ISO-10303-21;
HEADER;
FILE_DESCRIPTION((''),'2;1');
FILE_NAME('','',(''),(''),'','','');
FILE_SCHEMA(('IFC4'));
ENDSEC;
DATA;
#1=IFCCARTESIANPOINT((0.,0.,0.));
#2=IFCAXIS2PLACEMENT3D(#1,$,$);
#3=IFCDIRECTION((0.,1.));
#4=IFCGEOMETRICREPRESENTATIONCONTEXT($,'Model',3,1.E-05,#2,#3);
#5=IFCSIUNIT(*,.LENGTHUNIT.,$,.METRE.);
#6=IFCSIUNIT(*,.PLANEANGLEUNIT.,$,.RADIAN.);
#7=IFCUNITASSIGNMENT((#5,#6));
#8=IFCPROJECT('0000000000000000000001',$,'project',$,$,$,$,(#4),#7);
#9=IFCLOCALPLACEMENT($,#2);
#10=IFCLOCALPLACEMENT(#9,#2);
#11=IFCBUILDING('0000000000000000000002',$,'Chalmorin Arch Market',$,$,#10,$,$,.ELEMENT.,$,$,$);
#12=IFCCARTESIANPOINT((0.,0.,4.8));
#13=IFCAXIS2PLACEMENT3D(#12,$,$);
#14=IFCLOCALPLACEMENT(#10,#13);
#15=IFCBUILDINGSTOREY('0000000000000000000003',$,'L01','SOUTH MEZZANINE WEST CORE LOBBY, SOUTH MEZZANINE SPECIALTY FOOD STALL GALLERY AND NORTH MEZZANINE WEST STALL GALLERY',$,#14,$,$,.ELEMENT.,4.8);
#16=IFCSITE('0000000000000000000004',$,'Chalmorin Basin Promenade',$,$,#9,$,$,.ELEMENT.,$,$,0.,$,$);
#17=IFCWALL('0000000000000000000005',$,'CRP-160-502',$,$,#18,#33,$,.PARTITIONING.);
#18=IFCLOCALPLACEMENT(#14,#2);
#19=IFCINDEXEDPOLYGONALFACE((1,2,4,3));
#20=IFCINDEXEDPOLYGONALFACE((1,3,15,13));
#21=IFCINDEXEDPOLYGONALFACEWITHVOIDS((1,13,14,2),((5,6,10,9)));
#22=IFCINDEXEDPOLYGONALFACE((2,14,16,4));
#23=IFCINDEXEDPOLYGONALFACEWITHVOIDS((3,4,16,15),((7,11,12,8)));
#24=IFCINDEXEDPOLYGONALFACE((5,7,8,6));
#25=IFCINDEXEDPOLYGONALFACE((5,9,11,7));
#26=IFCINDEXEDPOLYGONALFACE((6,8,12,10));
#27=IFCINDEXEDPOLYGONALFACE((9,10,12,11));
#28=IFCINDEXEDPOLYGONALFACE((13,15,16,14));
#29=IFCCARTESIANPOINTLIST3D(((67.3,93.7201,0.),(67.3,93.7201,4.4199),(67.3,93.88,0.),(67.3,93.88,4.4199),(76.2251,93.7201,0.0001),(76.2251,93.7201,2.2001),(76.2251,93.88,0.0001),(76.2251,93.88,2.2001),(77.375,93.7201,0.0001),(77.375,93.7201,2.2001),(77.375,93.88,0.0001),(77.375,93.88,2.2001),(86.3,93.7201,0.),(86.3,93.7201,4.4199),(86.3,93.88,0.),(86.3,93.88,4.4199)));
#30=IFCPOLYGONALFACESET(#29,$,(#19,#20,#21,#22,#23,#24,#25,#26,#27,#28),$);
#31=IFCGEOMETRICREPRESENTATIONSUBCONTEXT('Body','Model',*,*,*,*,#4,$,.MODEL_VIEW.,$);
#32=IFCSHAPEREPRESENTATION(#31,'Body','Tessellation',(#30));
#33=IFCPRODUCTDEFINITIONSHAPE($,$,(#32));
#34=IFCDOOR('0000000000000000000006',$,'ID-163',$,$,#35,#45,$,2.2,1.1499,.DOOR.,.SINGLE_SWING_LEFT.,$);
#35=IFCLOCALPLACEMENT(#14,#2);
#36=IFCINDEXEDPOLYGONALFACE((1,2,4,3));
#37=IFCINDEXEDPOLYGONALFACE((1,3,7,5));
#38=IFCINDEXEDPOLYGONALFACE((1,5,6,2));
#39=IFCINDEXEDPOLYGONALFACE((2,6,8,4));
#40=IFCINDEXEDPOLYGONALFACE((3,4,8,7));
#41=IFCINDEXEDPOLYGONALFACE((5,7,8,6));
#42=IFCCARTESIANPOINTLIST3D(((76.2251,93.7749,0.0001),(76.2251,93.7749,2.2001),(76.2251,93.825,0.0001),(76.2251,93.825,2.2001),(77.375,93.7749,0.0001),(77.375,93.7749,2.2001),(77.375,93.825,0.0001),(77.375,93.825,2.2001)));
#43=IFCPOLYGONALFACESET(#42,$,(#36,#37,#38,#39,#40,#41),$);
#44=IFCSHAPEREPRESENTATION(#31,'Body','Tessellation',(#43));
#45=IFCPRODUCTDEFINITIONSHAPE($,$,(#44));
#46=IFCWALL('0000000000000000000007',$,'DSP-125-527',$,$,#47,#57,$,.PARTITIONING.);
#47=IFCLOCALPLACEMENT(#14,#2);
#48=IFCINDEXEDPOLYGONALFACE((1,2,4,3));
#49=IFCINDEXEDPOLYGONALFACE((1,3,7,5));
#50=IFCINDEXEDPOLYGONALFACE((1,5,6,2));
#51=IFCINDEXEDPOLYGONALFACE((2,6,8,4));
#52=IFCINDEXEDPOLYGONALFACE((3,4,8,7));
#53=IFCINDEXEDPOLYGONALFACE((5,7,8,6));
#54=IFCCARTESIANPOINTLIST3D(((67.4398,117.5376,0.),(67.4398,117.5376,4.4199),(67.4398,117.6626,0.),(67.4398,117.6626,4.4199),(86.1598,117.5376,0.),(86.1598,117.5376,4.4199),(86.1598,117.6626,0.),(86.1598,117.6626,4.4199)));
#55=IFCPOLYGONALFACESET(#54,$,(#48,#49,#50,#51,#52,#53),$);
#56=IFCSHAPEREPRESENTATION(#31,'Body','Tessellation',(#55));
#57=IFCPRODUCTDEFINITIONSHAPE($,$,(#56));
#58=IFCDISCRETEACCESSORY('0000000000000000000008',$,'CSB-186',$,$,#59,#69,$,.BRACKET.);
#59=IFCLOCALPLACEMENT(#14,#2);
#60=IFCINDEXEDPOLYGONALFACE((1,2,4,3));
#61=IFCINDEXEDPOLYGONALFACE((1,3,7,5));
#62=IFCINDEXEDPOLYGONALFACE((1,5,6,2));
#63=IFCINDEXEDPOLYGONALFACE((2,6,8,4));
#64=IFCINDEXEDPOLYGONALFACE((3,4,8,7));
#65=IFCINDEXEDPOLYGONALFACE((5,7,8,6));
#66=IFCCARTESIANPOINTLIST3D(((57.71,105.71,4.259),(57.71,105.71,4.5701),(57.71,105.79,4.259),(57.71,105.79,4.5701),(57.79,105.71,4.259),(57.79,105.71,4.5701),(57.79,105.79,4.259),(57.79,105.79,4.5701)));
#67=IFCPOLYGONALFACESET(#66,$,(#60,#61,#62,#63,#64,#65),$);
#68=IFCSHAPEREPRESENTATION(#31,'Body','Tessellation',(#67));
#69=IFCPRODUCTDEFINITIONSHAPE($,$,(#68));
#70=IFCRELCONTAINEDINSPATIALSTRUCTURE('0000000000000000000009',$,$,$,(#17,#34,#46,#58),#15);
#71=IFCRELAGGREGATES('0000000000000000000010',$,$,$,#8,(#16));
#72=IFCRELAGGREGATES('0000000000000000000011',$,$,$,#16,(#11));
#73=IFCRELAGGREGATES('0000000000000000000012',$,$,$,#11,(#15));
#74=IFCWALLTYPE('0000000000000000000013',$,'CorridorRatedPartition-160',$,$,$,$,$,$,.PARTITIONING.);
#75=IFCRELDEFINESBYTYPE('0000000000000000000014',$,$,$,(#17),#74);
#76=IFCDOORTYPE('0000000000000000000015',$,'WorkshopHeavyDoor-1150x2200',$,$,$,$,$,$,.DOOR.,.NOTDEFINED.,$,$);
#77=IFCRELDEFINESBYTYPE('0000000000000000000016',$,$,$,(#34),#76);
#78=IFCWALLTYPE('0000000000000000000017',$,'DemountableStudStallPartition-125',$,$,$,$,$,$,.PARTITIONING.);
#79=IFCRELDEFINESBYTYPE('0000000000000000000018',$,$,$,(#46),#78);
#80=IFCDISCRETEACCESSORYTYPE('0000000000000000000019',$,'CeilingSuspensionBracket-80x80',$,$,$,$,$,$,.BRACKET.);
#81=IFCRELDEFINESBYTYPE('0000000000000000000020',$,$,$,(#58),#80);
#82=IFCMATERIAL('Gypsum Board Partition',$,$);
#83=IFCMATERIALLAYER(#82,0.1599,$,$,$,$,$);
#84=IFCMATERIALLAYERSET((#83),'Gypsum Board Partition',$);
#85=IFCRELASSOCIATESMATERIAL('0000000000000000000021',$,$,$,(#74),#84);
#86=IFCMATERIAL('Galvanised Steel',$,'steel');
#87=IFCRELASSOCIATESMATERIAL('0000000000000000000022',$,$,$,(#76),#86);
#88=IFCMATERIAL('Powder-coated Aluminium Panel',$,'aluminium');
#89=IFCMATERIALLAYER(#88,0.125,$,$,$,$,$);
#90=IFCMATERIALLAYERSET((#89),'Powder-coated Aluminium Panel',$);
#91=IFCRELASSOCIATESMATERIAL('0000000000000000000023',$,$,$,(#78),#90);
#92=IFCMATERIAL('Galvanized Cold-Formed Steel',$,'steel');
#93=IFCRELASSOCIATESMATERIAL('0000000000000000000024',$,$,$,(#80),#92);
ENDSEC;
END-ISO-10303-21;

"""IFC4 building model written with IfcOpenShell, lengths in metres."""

from ifc_helpers import new_model, si_unit, direction, frame, frame_2d, origin, origin_2d, place, context, subcontext, project, spatial, rectangle, extrude, material, layer, layer_set, type_object, element, fill, save


model = new_model("IFC4")

# Units and contexts
model_context = context("Model", 3, precision=1e-05, world=origin(), true_north=direction((0.0, 1.0)))
body_context = subcontext(model_context, "Body", "Model", "MODEL_VIEW")
ifc_project = project(units=[si_unit("LENGTHUNIT", "METRE"), si_unit("PLANEANGLEUNIT", "RADIAN")], contexts=[model_context])

# Site, building, storey
site_placement = place(None, origin())
site = spatial("IfcSite", under=ifc_project, at=site_placement, Name="Chalmorin Basin Promenade", CompositionType="ELEMENT", RefElevation=0.0)
building_placement = place(site_placement, origin())
building = spatial("IfcBuilding", under=site, at=building_placement, Name="Chalmorin Arch Market", CompositionType="ELEMENT")
storey_placement = place(building_placement, frame((0.0, 0.0, 4.8)))
storey = spatial("IfcBuildingStorey", under=building, at=storey_placement, Name="L01", Description="SOUTH MEZZANINE WEST CORE LOBBY, SOUTH MEZZANINE SPECIALTY FOOD STALL GALLERY AND NORTH MEZZANINE WEST STALL GALLERY", CompositionType="ELEMENT", Elevation=4.8)

# Shared definitions
ifc_material_1 = material(Name="Gypsum Board Partition")

# Wall, opening, door
ifc_layer_1 = layer(ifc_material_1, 0.1599)
ifc_layer_set_1 = layer_set([ifc_layer_1], Name="Gypsum Board Partition")
wall_type_1 = type_object("IfcWallType", Name="CorridorRatedPartition-160", PredefinedType="PARTITIONING", material=ifc_layer_set_1)
wall_1_placement = place(storey_placement, frame((67.3, 93.8, 0.0), z_axis=(0.0, 0.0, 1.0), x_axis=(1.0, 0.0, 0.0)))
wall_1 = element("IfcWall", 1, at=wall_1_placement, inside=storey, type_object=wall_type_1, Name="CRP-160-502", PredefinedType="PARTITIONING", context=body_context, shape_type="SweptSolid", body=[
    extrude(rectangle(XDim=19.0, YDim=0.1599, at=frame_2d((9.5, 0.0))), origin(), (0.0, 0.0, 1.0), 4.4199),
])
opening_placement = place(wall_1_placement, frame((8.925, 0.0, 0.0)))
opening = element("IfcOpeningElement", 2, at=opening_placement, cuts=wall_1, PredefinedType="OPENING", context=body_context, shape_type="SweptSolid", body=[
    extrude(rectangle(XDim=1.1499, YDim=2.2, at=frame_2d((0.575, 1.1001))), frame((0.0, 0.0898, 0.0), z_axis=(0.0, -1.0, 0.0), x_axis=(1.0, 0.0, 0.0)), (0.0, 0.0, 1.0), 0.1799),
])
ifc_material_2 = material(Name="Galvanised Steel", Category="steel")
door_type = type_object("IfcDoorType", Name="WorkshopHeavyDoor-1150x2200", OperationType="NOTDEFINED", PredefinedType="DOOR", material=ifc_material_2)
door_placement = place(opening_placement, origin())
door = element("IfcDoor", 3, at=door_placement, inside=storey, type_object=door_type, Name="ID-163", OperationType="SINGLE_SWING_LEFT", OverallHeight=2.2, OverallWidth=1.1499, PredefinedType="DOOR", context=body_context, shape_type="SweptSolid", body=[
    extrude(rectangle(XDim=1.1499, YDim=2.2, at=frame_2d((0.575, 1.1001))), frame((0.0, 0.0249, 0.0), z_axis=(0.0, -1.0, 0.0), x_axis=(1.0, 0.0, 0.0)), (0.0, 0.0, 1.0), 0.05),
])
fill(opening, door)

# Wall
ifc_material_3 = material(Name="Powder-coated Aluminium Panel", Category="aluminium")
ifc_layer_2 = layer(ifc_material_3, 0.125)
ifc_layer_set_2 = layer_set([ifc_layer_2], Name="Powder-coated Aluminium Panel")
wall_type_2 = type_object("IfcWallType", Name="DemountableStudStallPartition-125", PredefinedType="PARTITIONING", material=ifc_layer_set_2)
wall_2_placement = place(storey_placement, frame((67.4399, 117.6001, 0.0), z_axis=(0.0, 0.0, 1.0), x_axis=(1.0, 0.0, 0.0)))
element("IfcWall", 4, at=wall_2_placement, inside=storey, type_object=wall_type_2, Name="DSP-125-527", PredefinedType="PARTITIONING", context=body_context, shape_type="SweptSolid", body=[
    extrude(rectangle(XDim=18.72, YDim=0.125, at=frame_2d((9.3599, 0.0))), origin(), (0.0, 0.0, 1.0), 4.4199),
])

# Discrete accessory
ifc_material_4 = material(Name="Galvanized Cold-Formed Steel", Category="steel")
discrete_accessory_type = type_object("IfcDiscreteAccessoryType", Name="CeilingSuspensionBracket-80x80", PredefinedType="BRACKET", material=ifc_material_4)
discrete_accessory_placement = place(storey_placement, frame((57.75, 105.75, 4.259), z_axis=(0.0, 0.0, 1.0), x_axis=(1.0, 0.0, 0.0)))
element("IfcDiscreteAccessory", 5, at=discrete_accessory_placement, inside=storey, type_object=discrete_accessory_type, Name="CSB-186", PredefinedType="BRACKET", context=body_context, shape_type="SweptSolid", body=[
    extrude(rectangle(XDim=0.0801, YDim=0.0801, at=origin_2d()), origin(), (0.0, 0.0, 1.0), 0.311),
])

save(model, "model.ifc")
